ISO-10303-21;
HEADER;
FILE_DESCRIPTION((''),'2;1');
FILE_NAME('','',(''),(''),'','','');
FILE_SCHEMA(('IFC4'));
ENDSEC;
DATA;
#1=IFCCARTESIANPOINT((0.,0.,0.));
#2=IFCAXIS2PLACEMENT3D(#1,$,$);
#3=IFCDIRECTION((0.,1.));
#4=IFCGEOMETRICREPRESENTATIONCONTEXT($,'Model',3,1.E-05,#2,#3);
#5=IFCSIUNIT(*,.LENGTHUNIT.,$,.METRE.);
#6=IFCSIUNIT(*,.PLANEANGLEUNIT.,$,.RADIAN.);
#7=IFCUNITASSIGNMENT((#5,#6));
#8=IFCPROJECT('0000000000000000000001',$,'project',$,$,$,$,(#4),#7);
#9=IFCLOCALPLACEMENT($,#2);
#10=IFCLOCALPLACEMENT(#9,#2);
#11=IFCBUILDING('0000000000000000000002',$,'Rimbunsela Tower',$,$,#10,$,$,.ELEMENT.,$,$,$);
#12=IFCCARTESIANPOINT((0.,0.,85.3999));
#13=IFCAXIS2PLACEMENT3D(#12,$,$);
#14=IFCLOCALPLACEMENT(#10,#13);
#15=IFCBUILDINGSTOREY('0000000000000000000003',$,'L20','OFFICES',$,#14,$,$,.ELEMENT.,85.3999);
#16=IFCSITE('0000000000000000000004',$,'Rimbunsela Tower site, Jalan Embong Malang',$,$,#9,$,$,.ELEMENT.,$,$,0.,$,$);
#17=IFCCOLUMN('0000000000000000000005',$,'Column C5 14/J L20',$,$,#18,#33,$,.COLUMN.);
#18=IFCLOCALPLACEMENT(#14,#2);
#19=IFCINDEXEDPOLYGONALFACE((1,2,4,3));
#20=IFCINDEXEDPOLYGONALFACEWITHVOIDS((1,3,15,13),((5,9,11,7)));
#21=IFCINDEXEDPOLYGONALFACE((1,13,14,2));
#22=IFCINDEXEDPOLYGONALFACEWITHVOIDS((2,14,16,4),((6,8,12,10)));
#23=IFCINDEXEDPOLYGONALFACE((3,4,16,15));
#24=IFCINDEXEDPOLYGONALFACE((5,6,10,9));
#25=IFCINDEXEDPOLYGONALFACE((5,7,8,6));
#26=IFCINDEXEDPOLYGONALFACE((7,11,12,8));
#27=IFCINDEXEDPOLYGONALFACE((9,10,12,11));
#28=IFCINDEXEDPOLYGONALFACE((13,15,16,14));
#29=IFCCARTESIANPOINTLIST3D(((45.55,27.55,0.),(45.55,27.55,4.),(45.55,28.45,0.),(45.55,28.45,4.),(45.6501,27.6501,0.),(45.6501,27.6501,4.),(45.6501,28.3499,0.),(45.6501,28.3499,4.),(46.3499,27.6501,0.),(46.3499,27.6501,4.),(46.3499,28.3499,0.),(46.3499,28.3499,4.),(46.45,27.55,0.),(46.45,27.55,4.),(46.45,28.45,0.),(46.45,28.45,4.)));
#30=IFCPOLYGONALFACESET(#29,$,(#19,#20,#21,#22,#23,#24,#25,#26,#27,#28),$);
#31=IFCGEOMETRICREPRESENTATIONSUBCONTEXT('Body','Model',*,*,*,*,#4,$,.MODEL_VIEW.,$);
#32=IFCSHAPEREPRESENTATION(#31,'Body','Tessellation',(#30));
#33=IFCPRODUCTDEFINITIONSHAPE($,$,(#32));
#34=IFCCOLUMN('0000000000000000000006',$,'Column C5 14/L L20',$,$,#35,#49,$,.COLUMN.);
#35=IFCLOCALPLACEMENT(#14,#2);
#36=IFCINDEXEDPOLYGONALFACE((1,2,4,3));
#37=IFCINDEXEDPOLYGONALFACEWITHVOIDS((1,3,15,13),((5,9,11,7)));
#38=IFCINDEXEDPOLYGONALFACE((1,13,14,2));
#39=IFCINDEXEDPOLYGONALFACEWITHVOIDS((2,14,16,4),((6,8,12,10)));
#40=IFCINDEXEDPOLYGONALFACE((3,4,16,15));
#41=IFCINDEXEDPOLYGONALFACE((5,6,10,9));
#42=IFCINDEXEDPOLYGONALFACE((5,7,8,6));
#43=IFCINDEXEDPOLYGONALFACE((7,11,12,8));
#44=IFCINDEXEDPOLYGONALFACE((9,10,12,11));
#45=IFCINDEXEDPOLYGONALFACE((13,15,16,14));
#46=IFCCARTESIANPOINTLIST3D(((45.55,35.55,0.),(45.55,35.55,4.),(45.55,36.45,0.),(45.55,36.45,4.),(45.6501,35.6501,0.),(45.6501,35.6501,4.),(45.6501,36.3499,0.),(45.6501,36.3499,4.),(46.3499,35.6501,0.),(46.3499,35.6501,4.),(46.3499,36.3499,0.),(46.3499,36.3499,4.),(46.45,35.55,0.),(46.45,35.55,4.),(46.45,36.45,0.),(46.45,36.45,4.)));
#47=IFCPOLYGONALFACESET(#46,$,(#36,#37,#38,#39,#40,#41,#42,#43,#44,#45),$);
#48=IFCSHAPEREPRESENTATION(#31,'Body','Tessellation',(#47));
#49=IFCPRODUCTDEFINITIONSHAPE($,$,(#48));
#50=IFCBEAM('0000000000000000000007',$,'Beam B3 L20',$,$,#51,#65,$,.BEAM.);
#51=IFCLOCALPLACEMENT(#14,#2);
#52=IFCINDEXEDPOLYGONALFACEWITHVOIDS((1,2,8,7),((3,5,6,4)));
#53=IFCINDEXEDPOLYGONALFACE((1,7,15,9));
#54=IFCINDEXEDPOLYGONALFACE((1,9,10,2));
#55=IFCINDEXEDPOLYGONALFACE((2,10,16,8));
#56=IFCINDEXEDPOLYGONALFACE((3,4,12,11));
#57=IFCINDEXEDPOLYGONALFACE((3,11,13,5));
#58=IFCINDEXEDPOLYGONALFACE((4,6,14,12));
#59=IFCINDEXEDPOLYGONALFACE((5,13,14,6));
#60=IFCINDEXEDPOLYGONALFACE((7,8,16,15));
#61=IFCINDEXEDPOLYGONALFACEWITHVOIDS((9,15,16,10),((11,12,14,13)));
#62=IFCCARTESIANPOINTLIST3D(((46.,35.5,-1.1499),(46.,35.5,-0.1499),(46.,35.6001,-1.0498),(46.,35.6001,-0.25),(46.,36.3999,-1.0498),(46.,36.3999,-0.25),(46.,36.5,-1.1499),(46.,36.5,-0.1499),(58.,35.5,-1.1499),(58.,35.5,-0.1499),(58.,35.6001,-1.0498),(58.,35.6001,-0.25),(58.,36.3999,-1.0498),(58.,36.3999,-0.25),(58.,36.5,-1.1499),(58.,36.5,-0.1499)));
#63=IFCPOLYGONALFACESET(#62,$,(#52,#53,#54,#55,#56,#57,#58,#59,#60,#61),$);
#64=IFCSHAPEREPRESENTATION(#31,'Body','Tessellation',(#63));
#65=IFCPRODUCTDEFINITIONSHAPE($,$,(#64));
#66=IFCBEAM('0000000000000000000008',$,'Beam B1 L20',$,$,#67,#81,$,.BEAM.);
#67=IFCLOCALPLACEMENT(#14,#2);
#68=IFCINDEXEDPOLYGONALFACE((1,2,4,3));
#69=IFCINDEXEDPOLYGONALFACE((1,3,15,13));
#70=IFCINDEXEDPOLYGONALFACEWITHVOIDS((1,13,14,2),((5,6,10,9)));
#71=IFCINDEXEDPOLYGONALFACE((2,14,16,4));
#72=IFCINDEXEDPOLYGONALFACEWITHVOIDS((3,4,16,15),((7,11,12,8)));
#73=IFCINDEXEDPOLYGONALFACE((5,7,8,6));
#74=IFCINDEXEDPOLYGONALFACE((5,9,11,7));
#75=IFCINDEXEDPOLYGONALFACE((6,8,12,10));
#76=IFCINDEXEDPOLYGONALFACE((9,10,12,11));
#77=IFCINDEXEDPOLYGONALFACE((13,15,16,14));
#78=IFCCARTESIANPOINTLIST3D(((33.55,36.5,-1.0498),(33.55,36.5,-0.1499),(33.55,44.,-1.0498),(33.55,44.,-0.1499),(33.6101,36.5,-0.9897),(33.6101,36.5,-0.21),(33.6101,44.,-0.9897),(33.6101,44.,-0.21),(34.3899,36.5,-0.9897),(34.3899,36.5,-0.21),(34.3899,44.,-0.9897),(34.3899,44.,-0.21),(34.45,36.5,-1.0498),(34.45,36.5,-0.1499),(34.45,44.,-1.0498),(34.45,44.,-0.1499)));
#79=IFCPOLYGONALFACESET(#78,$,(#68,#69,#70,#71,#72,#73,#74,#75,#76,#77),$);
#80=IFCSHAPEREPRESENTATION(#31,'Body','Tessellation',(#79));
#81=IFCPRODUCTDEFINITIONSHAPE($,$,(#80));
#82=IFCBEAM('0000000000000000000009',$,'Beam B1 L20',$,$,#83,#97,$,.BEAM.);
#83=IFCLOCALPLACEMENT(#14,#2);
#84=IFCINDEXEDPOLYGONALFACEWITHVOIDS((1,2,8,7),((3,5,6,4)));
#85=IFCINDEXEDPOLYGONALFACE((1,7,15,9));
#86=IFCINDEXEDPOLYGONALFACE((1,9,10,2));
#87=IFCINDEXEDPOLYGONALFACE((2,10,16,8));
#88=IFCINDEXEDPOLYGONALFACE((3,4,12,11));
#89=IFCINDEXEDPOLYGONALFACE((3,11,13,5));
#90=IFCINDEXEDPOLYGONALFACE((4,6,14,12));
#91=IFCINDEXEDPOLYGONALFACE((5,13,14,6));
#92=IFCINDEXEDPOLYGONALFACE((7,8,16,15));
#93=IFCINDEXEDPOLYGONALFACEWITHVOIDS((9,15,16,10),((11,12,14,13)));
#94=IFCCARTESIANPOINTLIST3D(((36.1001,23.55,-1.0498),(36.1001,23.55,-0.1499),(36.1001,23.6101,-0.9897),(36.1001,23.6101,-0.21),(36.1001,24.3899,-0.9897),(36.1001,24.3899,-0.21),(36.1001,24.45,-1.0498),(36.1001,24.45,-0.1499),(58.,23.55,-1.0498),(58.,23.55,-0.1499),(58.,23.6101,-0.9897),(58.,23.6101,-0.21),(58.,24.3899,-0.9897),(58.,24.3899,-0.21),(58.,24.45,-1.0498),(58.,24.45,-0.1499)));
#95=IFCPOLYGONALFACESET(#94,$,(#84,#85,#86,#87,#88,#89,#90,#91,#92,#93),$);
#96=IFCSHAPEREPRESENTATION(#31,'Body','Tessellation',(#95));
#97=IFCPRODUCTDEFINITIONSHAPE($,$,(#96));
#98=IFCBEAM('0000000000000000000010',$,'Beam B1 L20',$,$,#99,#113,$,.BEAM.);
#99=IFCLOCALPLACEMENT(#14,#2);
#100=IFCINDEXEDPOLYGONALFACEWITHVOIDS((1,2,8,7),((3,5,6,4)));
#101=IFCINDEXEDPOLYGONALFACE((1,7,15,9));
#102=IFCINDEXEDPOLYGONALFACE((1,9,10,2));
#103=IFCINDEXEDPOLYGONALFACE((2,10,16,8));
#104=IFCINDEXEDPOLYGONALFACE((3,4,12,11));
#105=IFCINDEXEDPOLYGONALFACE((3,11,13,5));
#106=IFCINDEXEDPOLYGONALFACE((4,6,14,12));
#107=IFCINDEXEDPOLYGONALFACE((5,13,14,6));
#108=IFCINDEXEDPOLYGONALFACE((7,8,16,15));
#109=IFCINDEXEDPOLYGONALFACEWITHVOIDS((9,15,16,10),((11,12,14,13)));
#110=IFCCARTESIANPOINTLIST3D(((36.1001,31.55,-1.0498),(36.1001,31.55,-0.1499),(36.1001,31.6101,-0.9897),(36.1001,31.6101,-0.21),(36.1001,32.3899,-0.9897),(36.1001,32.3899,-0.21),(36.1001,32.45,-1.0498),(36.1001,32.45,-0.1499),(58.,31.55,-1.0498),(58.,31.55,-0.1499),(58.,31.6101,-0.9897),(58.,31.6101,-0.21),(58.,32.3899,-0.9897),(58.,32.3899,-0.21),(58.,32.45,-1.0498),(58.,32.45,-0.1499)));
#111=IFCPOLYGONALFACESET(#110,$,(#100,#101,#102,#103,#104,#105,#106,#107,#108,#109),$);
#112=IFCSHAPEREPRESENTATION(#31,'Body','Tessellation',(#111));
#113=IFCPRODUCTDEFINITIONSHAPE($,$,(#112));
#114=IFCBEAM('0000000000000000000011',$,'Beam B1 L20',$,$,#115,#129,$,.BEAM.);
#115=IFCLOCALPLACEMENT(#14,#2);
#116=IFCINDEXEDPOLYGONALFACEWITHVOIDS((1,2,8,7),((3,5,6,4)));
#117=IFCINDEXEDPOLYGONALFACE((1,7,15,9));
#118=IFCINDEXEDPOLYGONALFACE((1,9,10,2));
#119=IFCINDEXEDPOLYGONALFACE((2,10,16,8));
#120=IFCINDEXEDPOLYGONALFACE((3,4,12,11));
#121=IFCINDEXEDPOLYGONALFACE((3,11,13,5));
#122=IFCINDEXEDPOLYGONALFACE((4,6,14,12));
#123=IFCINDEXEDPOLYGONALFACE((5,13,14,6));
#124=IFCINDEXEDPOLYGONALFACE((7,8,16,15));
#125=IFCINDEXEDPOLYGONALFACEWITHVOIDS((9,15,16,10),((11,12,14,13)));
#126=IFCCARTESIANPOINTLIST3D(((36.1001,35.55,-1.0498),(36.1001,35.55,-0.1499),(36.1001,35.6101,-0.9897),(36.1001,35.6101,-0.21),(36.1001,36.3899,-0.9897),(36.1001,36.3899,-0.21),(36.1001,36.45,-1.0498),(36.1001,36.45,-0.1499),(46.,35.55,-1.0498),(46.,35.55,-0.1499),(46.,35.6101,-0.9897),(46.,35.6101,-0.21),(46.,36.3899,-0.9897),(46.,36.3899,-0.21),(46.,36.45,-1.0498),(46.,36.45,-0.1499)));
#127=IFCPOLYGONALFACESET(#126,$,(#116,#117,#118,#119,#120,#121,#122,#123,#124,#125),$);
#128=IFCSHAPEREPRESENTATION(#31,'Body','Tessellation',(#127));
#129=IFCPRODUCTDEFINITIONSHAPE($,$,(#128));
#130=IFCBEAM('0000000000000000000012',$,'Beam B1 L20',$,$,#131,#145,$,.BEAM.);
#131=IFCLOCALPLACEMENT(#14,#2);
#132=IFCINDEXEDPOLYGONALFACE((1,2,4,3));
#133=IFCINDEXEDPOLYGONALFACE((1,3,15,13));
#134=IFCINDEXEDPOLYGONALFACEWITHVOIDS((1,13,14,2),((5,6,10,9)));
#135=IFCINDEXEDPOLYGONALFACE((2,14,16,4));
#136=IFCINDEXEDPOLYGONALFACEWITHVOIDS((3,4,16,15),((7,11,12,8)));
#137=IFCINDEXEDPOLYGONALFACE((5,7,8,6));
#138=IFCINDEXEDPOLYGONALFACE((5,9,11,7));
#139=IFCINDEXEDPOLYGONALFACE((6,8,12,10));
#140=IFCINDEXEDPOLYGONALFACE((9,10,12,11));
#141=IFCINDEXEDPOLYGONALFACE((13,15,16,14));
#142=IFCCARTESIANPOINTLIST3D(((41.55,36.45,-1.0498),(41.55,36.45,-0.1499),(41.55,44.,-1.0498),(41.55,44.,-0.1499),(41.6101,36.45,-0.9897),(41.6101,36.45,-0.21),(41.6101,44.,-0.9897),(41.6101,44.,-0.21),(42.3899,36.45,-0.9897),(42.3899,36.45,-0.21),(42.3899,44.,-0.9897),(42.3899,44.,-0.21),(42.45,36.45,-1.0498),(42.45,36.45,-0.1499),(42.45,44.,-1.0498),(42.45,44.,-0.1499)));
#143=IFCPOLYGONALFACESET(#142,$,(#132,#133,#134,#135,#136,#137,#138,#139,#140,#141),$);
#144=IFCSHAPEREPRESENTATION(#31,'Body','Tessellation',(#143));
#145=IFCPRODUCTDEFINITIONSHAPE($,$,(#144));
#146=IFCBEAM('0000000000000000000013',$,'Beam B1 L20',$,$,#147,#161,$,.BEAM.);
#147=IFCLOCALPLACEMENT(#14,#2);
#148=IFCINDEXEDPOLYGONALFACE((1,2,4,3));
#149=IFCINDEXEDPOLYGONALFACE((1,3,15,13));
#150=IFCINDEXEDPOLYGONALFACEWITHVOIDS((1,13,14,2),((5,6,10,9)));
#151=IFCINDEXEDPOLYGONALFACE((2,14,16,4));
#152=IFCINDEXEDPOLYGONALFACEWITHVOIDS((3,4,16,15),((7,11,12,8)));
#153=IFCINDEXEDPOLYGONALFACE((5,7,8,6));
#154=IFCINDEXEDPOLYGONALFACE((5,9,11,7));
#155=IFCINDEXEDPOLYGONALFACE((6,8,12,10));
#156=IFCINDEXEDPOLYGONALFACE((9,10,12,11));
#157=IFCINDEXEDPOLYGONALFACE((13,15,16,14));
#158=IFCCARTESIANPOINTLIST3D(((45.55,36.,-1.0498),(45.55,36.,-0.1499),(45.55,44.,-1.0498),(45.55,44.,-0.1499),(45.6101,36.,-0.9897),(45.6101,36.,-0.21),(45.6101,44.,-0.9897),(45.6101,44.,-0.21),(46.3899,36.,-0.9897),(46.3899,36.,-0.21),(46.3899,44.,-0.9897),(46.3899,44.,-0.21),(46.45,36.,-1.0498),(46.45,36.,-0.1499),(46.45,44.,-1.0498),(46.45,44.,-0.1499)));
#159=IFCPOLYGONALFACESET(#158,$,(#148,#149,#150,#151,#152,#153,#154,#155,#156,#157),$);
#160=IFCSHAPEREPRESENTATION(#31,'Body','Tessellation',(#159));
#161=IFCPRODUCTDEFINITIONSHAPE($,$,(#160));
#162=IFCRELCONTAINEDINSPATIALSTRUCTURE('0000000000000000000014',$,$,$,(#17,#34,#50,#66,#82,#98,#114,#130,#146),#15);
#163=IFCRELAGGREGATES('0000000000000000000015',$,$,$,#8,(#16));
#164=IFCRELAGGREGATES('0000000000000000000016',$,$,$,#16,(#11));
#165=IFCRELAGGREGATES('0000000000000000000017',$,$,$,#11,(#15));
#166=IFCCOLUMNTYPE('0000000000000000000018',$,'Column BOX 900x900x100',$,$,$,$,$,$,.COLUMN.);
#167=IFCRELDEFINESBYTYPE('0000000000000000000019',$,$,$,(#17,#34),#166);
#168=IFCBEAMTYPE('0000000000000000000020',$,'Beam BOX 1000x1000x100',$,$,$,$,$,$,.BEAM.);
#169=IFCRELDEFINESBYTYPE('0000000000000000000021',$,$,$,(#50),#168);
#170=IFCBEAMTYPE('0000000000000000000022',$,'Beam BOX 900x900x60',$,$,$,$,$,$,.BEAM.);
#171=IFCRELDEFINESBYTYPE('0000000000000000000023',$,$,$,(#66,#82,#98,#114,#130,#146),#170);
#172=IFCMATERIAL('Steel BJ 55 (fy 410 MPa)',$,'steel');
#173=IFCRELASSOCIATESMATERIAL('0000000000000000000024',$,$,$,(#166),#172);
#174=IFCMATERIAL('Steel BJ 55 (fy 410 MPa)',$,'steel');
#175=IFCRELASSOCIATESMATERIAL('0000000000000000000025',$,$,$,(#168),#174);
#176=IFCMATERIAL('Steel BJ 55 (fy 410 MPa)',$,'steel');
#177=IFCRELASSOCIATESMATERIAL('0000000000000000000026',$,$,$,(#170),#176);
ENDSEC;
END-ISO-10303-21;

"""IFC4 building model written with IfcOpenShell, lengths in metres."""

from ifc_helpers import new_model, si_unit, direction, frame, origin, origin_2d, place, context, subcontext, project, spatial, hollow_rectangle, extrude, material, material_profile, profile_set, type_object, element, save


model = new_model("IFC4")

# Units and contexts
model_context = context("Model", 3, precision=1e-05, world=origin(), true_north=direction((0.0, 1.0)))
body_context = subcontext(model_context, "Body", "Model", "MODEL_VIEW")
ifc_project = project(units=[si_unit("LENGTHUNIT", "METRE"), si_unit("PLANEANGLEUNIT", "RADIAN")], contexts=[model_context])

# Site, building, storey
site_placement = place(None, origin())
site = spatial("IfcSite", under=ifc_project, at=site_placement, Name="Rimbunsela Tower site, Jalan Embong Malang", CompositionType="ELEMENT", RefElevation=0.0)
building_placement = place(site_placement, origin())
building = spatial("IfcBuilding", under=site, at=building_placement, Name="Rimbunsela Tower", CompositionType="ELEMENT")
storey_placement = place(building_placement, frame((0.0, 0.0, 85.3999)))
storey = spatial("IfcBuildingStorey", under=building, at=storey_placement, Name="L20", Description="OFFICES", CompositionType="ELEMENT", Elevation=85.3999)

# Columns
ifc_material_1 = material(Name="Steel BJ 55 (fy 410 MPa)", Category="steel")
ifc_material_profile_1 = material_profile(ifc_material_1, hollow_rectangle(XDim=0.8999, YDim=0.8999, WallThickness=0.1001, at=origin_2d()), Name="BOX 900x900x100")
ifc_profile_set_1 = profile_set([ifc_material_profile_1], Name="Steel BJ 55 (fy 410 MPa)")
column_type = type_object("IfcColumnType", Name="Column BOX 900x900x100", PredefinedType="COLUMN", material=ifc_profile_set_1)
for number, where, z_axis, x_axis, name in (
    (1, (46.0, 28.0, 0.0), (0.0, 0.0, 1.0), (1.0, 0.0, 0.0), "Column C5 14/J L20"),
    (2, (46.0, 36.0, 0.0), (0.0, 0.0, 1.0), (1.0, 0.0, 0.0), "Column C5 14/L L20"),
):
    element("IfcColumn", number, at=place(storey_placement, frame(where, z_axis=z_axis, x_axis=x_axis)), inside=storey, type_object=column_type, Name=name, PredefinedType="COLUMN", context=body_context, shape_type="SweptSolid", body=[
        extrude(hollow_rectangle(XDim=0.8999, YDim=0.8999, WallThickness=0.1001, at=origin_2d()), origin(), (0.0, 0.0, 1.0), 4.0),
    ])

# Beams
ifc_material_2 = material(Name="Steel BJ 55 (fy 410 MPa)", Category="steel")
ifc_material_profile_2 = material_profile(ifc_material_2, hollow_rectangle(XDim=1.0, YDim=1.0, WallThickness=0.1001, at=origin_2d()), Name="BOX 1000x1000x100")
ifc_profile_set_2 = profile_set([ifc_material_profile_2], Name="Steel BJ 55 (fy 410 MPa)")
beam_type_1 = type_object("IfcBeamType", Name="Beam BOX 1000x1000x100", PredefinedType="BEAM", material=ifc_profile_set_2)
beam_1_placement = place(storey_placement, frame((46.0, 36.0, -0.6499), z_axis=(1.0, 0.0, 0.0), x_axis=(0.0, 1.0, 0.0)))
element("IfcBeam", 3, at=beam_1_placement, inside=storey, type_object=beam_type_1, Name="Beam B3 L20", PredefinedType="BEAM", context=body_context, shape_type="SweptSolid", body=[
    extrude(hollow_rectangle(XDim=1.0, YDim=1.0, WallThickness=0.1001, at=origin_2d()), origin(), (0.0, 0.0, 1.0), 12.0),
])
ifc_material_3 = material(Name="Steel BJ 55 (fy 410 MPa)", Category="steel")
ifc_material_profile_3 = material_profile(ifc_material_3, hollow_rectangle(XDim=0.8999, YDim=0.8999, WallThickness=0.0601, at=origin_2d()), Name="BOX 900x900x60")
ifc_profile_set_3 = profile_set([ifc_material_profile_3], Name="Steel BJ 55 (fy 410 MPa)")
beam_type_2 = type_object("IfcBeamType", Name="Beam BOX 900x900x60", PredefinedType="BEAM", material=ifc_profile_set_3)
beam_2_placement = place(storey_placement, frame((34.0, 36.5, -0.5999), z_axis=(0.0, 1.0, 0.0), x_axis=(-1.0, 0.0, 0.0)))
element("IfcBeam", 4, at=beam_2_placement, inside=storey, type_object=beam_type_2, Name="Beam B1 L20", PredefinedType="BEAM", context=body_context, shape_type="SweptSolid", body=[
    extrude(hollow_rectangle(XDim=0.8999, YDim=0.8999, WallThickness=0.0601, at=origin_2d()), origin(), (0.0, 0.0, 1.0), 7.5),
])
for number, where, z_axis, x_axis, name in (
    (5, (36.1001, 24.0, -0.5999), (1.0, 0.0, 0.0), (0.0, 1.0, 0.0), "Beam B1 L20"),
    (6, (36.1001, 32.0, -0.5999), (1.0, 0.0, 0.0), (0.0, 1.0, 0.0), "Beam B1 L20"),
):
    element("IfcBeam", number, at=place(storey_placement, frame(where, z_axis=z_axis, x_axis=x_axis)), inside=storey, type_object=beam_type_2, Name=name, PredefinedType="BEAM", context=body_context, shape_type="SweptSolid", body=[
        extrude(hollow_rectangle(XDim=0.8999, YDim=0.8999, WallThickness=0.0601, at=origin_2d()), origin(), (0.0, 0.0, 1.0), 21.8999),
    ])
beam_3_placement = place(storey_placement, frame((36.1001, 36.0, -0.5999), z_axis=(1.0, 0.0, 0.0), x_axis=(0.0, 1.0, 0.0)))
element("IfcBeam", 7, at=beam_3_placement, inside=storey, type_object=beam_type_2, Name="Beam B1 L20", PredefinedType="BEAM", context=body_context, shape_type="SweptSolid", body=[
    extrude(hollow_rectangle(XDim=0.8999, YDim=0.8999, WallThickness=0.0601, at=origin_2d()), origin(), (0.0, 0.0, 1.0), 9.8999),
])
beam_4_placement = place(storey_placement, frame((42.0, 36.45, -0.5999), z_axis=(0.0, 1.0, 0.0), x_axis=(-1.0, 0.0, 0.0)))
element("IfcBeam", 8, at=beam_4_placement, inside=storey, type_object=beam_type_2, Name="Beam B1 L20", PredefinedType="BEAM", context=body_context, shape_type="SweptSolid", body=[
    extrude(hollow_rectangle(XDim=0.8999, YDim=0.8999, WallThickness=0.0601, at=origin_2d()), origin(), (0.0, 0.0, 1.0), 7.55),
])
beam_5_placement = place(storey_placement, frame((46.0, 36.0, -0.5999), z_axis=(0.0, 1.0, 0.0), x_axis=(-1.0, 0.0, 0.0)))
element("IfcBeam", 9, at=beam_5_placement, inside=storey, type_object=beam_type_2, Name="Beam B1 L20", PredefinedType="BEAM", context=body_context, shape_type="SweptSolid", body=[
    extrude(hollow_rectangle(XDim=0.8999, YDim=0.8999, WallThickness=0.0601, at=origin_2d()), origin(), (0.0, 0.0, 1.0), 8.0),
])

save(model, "model.ifc")
